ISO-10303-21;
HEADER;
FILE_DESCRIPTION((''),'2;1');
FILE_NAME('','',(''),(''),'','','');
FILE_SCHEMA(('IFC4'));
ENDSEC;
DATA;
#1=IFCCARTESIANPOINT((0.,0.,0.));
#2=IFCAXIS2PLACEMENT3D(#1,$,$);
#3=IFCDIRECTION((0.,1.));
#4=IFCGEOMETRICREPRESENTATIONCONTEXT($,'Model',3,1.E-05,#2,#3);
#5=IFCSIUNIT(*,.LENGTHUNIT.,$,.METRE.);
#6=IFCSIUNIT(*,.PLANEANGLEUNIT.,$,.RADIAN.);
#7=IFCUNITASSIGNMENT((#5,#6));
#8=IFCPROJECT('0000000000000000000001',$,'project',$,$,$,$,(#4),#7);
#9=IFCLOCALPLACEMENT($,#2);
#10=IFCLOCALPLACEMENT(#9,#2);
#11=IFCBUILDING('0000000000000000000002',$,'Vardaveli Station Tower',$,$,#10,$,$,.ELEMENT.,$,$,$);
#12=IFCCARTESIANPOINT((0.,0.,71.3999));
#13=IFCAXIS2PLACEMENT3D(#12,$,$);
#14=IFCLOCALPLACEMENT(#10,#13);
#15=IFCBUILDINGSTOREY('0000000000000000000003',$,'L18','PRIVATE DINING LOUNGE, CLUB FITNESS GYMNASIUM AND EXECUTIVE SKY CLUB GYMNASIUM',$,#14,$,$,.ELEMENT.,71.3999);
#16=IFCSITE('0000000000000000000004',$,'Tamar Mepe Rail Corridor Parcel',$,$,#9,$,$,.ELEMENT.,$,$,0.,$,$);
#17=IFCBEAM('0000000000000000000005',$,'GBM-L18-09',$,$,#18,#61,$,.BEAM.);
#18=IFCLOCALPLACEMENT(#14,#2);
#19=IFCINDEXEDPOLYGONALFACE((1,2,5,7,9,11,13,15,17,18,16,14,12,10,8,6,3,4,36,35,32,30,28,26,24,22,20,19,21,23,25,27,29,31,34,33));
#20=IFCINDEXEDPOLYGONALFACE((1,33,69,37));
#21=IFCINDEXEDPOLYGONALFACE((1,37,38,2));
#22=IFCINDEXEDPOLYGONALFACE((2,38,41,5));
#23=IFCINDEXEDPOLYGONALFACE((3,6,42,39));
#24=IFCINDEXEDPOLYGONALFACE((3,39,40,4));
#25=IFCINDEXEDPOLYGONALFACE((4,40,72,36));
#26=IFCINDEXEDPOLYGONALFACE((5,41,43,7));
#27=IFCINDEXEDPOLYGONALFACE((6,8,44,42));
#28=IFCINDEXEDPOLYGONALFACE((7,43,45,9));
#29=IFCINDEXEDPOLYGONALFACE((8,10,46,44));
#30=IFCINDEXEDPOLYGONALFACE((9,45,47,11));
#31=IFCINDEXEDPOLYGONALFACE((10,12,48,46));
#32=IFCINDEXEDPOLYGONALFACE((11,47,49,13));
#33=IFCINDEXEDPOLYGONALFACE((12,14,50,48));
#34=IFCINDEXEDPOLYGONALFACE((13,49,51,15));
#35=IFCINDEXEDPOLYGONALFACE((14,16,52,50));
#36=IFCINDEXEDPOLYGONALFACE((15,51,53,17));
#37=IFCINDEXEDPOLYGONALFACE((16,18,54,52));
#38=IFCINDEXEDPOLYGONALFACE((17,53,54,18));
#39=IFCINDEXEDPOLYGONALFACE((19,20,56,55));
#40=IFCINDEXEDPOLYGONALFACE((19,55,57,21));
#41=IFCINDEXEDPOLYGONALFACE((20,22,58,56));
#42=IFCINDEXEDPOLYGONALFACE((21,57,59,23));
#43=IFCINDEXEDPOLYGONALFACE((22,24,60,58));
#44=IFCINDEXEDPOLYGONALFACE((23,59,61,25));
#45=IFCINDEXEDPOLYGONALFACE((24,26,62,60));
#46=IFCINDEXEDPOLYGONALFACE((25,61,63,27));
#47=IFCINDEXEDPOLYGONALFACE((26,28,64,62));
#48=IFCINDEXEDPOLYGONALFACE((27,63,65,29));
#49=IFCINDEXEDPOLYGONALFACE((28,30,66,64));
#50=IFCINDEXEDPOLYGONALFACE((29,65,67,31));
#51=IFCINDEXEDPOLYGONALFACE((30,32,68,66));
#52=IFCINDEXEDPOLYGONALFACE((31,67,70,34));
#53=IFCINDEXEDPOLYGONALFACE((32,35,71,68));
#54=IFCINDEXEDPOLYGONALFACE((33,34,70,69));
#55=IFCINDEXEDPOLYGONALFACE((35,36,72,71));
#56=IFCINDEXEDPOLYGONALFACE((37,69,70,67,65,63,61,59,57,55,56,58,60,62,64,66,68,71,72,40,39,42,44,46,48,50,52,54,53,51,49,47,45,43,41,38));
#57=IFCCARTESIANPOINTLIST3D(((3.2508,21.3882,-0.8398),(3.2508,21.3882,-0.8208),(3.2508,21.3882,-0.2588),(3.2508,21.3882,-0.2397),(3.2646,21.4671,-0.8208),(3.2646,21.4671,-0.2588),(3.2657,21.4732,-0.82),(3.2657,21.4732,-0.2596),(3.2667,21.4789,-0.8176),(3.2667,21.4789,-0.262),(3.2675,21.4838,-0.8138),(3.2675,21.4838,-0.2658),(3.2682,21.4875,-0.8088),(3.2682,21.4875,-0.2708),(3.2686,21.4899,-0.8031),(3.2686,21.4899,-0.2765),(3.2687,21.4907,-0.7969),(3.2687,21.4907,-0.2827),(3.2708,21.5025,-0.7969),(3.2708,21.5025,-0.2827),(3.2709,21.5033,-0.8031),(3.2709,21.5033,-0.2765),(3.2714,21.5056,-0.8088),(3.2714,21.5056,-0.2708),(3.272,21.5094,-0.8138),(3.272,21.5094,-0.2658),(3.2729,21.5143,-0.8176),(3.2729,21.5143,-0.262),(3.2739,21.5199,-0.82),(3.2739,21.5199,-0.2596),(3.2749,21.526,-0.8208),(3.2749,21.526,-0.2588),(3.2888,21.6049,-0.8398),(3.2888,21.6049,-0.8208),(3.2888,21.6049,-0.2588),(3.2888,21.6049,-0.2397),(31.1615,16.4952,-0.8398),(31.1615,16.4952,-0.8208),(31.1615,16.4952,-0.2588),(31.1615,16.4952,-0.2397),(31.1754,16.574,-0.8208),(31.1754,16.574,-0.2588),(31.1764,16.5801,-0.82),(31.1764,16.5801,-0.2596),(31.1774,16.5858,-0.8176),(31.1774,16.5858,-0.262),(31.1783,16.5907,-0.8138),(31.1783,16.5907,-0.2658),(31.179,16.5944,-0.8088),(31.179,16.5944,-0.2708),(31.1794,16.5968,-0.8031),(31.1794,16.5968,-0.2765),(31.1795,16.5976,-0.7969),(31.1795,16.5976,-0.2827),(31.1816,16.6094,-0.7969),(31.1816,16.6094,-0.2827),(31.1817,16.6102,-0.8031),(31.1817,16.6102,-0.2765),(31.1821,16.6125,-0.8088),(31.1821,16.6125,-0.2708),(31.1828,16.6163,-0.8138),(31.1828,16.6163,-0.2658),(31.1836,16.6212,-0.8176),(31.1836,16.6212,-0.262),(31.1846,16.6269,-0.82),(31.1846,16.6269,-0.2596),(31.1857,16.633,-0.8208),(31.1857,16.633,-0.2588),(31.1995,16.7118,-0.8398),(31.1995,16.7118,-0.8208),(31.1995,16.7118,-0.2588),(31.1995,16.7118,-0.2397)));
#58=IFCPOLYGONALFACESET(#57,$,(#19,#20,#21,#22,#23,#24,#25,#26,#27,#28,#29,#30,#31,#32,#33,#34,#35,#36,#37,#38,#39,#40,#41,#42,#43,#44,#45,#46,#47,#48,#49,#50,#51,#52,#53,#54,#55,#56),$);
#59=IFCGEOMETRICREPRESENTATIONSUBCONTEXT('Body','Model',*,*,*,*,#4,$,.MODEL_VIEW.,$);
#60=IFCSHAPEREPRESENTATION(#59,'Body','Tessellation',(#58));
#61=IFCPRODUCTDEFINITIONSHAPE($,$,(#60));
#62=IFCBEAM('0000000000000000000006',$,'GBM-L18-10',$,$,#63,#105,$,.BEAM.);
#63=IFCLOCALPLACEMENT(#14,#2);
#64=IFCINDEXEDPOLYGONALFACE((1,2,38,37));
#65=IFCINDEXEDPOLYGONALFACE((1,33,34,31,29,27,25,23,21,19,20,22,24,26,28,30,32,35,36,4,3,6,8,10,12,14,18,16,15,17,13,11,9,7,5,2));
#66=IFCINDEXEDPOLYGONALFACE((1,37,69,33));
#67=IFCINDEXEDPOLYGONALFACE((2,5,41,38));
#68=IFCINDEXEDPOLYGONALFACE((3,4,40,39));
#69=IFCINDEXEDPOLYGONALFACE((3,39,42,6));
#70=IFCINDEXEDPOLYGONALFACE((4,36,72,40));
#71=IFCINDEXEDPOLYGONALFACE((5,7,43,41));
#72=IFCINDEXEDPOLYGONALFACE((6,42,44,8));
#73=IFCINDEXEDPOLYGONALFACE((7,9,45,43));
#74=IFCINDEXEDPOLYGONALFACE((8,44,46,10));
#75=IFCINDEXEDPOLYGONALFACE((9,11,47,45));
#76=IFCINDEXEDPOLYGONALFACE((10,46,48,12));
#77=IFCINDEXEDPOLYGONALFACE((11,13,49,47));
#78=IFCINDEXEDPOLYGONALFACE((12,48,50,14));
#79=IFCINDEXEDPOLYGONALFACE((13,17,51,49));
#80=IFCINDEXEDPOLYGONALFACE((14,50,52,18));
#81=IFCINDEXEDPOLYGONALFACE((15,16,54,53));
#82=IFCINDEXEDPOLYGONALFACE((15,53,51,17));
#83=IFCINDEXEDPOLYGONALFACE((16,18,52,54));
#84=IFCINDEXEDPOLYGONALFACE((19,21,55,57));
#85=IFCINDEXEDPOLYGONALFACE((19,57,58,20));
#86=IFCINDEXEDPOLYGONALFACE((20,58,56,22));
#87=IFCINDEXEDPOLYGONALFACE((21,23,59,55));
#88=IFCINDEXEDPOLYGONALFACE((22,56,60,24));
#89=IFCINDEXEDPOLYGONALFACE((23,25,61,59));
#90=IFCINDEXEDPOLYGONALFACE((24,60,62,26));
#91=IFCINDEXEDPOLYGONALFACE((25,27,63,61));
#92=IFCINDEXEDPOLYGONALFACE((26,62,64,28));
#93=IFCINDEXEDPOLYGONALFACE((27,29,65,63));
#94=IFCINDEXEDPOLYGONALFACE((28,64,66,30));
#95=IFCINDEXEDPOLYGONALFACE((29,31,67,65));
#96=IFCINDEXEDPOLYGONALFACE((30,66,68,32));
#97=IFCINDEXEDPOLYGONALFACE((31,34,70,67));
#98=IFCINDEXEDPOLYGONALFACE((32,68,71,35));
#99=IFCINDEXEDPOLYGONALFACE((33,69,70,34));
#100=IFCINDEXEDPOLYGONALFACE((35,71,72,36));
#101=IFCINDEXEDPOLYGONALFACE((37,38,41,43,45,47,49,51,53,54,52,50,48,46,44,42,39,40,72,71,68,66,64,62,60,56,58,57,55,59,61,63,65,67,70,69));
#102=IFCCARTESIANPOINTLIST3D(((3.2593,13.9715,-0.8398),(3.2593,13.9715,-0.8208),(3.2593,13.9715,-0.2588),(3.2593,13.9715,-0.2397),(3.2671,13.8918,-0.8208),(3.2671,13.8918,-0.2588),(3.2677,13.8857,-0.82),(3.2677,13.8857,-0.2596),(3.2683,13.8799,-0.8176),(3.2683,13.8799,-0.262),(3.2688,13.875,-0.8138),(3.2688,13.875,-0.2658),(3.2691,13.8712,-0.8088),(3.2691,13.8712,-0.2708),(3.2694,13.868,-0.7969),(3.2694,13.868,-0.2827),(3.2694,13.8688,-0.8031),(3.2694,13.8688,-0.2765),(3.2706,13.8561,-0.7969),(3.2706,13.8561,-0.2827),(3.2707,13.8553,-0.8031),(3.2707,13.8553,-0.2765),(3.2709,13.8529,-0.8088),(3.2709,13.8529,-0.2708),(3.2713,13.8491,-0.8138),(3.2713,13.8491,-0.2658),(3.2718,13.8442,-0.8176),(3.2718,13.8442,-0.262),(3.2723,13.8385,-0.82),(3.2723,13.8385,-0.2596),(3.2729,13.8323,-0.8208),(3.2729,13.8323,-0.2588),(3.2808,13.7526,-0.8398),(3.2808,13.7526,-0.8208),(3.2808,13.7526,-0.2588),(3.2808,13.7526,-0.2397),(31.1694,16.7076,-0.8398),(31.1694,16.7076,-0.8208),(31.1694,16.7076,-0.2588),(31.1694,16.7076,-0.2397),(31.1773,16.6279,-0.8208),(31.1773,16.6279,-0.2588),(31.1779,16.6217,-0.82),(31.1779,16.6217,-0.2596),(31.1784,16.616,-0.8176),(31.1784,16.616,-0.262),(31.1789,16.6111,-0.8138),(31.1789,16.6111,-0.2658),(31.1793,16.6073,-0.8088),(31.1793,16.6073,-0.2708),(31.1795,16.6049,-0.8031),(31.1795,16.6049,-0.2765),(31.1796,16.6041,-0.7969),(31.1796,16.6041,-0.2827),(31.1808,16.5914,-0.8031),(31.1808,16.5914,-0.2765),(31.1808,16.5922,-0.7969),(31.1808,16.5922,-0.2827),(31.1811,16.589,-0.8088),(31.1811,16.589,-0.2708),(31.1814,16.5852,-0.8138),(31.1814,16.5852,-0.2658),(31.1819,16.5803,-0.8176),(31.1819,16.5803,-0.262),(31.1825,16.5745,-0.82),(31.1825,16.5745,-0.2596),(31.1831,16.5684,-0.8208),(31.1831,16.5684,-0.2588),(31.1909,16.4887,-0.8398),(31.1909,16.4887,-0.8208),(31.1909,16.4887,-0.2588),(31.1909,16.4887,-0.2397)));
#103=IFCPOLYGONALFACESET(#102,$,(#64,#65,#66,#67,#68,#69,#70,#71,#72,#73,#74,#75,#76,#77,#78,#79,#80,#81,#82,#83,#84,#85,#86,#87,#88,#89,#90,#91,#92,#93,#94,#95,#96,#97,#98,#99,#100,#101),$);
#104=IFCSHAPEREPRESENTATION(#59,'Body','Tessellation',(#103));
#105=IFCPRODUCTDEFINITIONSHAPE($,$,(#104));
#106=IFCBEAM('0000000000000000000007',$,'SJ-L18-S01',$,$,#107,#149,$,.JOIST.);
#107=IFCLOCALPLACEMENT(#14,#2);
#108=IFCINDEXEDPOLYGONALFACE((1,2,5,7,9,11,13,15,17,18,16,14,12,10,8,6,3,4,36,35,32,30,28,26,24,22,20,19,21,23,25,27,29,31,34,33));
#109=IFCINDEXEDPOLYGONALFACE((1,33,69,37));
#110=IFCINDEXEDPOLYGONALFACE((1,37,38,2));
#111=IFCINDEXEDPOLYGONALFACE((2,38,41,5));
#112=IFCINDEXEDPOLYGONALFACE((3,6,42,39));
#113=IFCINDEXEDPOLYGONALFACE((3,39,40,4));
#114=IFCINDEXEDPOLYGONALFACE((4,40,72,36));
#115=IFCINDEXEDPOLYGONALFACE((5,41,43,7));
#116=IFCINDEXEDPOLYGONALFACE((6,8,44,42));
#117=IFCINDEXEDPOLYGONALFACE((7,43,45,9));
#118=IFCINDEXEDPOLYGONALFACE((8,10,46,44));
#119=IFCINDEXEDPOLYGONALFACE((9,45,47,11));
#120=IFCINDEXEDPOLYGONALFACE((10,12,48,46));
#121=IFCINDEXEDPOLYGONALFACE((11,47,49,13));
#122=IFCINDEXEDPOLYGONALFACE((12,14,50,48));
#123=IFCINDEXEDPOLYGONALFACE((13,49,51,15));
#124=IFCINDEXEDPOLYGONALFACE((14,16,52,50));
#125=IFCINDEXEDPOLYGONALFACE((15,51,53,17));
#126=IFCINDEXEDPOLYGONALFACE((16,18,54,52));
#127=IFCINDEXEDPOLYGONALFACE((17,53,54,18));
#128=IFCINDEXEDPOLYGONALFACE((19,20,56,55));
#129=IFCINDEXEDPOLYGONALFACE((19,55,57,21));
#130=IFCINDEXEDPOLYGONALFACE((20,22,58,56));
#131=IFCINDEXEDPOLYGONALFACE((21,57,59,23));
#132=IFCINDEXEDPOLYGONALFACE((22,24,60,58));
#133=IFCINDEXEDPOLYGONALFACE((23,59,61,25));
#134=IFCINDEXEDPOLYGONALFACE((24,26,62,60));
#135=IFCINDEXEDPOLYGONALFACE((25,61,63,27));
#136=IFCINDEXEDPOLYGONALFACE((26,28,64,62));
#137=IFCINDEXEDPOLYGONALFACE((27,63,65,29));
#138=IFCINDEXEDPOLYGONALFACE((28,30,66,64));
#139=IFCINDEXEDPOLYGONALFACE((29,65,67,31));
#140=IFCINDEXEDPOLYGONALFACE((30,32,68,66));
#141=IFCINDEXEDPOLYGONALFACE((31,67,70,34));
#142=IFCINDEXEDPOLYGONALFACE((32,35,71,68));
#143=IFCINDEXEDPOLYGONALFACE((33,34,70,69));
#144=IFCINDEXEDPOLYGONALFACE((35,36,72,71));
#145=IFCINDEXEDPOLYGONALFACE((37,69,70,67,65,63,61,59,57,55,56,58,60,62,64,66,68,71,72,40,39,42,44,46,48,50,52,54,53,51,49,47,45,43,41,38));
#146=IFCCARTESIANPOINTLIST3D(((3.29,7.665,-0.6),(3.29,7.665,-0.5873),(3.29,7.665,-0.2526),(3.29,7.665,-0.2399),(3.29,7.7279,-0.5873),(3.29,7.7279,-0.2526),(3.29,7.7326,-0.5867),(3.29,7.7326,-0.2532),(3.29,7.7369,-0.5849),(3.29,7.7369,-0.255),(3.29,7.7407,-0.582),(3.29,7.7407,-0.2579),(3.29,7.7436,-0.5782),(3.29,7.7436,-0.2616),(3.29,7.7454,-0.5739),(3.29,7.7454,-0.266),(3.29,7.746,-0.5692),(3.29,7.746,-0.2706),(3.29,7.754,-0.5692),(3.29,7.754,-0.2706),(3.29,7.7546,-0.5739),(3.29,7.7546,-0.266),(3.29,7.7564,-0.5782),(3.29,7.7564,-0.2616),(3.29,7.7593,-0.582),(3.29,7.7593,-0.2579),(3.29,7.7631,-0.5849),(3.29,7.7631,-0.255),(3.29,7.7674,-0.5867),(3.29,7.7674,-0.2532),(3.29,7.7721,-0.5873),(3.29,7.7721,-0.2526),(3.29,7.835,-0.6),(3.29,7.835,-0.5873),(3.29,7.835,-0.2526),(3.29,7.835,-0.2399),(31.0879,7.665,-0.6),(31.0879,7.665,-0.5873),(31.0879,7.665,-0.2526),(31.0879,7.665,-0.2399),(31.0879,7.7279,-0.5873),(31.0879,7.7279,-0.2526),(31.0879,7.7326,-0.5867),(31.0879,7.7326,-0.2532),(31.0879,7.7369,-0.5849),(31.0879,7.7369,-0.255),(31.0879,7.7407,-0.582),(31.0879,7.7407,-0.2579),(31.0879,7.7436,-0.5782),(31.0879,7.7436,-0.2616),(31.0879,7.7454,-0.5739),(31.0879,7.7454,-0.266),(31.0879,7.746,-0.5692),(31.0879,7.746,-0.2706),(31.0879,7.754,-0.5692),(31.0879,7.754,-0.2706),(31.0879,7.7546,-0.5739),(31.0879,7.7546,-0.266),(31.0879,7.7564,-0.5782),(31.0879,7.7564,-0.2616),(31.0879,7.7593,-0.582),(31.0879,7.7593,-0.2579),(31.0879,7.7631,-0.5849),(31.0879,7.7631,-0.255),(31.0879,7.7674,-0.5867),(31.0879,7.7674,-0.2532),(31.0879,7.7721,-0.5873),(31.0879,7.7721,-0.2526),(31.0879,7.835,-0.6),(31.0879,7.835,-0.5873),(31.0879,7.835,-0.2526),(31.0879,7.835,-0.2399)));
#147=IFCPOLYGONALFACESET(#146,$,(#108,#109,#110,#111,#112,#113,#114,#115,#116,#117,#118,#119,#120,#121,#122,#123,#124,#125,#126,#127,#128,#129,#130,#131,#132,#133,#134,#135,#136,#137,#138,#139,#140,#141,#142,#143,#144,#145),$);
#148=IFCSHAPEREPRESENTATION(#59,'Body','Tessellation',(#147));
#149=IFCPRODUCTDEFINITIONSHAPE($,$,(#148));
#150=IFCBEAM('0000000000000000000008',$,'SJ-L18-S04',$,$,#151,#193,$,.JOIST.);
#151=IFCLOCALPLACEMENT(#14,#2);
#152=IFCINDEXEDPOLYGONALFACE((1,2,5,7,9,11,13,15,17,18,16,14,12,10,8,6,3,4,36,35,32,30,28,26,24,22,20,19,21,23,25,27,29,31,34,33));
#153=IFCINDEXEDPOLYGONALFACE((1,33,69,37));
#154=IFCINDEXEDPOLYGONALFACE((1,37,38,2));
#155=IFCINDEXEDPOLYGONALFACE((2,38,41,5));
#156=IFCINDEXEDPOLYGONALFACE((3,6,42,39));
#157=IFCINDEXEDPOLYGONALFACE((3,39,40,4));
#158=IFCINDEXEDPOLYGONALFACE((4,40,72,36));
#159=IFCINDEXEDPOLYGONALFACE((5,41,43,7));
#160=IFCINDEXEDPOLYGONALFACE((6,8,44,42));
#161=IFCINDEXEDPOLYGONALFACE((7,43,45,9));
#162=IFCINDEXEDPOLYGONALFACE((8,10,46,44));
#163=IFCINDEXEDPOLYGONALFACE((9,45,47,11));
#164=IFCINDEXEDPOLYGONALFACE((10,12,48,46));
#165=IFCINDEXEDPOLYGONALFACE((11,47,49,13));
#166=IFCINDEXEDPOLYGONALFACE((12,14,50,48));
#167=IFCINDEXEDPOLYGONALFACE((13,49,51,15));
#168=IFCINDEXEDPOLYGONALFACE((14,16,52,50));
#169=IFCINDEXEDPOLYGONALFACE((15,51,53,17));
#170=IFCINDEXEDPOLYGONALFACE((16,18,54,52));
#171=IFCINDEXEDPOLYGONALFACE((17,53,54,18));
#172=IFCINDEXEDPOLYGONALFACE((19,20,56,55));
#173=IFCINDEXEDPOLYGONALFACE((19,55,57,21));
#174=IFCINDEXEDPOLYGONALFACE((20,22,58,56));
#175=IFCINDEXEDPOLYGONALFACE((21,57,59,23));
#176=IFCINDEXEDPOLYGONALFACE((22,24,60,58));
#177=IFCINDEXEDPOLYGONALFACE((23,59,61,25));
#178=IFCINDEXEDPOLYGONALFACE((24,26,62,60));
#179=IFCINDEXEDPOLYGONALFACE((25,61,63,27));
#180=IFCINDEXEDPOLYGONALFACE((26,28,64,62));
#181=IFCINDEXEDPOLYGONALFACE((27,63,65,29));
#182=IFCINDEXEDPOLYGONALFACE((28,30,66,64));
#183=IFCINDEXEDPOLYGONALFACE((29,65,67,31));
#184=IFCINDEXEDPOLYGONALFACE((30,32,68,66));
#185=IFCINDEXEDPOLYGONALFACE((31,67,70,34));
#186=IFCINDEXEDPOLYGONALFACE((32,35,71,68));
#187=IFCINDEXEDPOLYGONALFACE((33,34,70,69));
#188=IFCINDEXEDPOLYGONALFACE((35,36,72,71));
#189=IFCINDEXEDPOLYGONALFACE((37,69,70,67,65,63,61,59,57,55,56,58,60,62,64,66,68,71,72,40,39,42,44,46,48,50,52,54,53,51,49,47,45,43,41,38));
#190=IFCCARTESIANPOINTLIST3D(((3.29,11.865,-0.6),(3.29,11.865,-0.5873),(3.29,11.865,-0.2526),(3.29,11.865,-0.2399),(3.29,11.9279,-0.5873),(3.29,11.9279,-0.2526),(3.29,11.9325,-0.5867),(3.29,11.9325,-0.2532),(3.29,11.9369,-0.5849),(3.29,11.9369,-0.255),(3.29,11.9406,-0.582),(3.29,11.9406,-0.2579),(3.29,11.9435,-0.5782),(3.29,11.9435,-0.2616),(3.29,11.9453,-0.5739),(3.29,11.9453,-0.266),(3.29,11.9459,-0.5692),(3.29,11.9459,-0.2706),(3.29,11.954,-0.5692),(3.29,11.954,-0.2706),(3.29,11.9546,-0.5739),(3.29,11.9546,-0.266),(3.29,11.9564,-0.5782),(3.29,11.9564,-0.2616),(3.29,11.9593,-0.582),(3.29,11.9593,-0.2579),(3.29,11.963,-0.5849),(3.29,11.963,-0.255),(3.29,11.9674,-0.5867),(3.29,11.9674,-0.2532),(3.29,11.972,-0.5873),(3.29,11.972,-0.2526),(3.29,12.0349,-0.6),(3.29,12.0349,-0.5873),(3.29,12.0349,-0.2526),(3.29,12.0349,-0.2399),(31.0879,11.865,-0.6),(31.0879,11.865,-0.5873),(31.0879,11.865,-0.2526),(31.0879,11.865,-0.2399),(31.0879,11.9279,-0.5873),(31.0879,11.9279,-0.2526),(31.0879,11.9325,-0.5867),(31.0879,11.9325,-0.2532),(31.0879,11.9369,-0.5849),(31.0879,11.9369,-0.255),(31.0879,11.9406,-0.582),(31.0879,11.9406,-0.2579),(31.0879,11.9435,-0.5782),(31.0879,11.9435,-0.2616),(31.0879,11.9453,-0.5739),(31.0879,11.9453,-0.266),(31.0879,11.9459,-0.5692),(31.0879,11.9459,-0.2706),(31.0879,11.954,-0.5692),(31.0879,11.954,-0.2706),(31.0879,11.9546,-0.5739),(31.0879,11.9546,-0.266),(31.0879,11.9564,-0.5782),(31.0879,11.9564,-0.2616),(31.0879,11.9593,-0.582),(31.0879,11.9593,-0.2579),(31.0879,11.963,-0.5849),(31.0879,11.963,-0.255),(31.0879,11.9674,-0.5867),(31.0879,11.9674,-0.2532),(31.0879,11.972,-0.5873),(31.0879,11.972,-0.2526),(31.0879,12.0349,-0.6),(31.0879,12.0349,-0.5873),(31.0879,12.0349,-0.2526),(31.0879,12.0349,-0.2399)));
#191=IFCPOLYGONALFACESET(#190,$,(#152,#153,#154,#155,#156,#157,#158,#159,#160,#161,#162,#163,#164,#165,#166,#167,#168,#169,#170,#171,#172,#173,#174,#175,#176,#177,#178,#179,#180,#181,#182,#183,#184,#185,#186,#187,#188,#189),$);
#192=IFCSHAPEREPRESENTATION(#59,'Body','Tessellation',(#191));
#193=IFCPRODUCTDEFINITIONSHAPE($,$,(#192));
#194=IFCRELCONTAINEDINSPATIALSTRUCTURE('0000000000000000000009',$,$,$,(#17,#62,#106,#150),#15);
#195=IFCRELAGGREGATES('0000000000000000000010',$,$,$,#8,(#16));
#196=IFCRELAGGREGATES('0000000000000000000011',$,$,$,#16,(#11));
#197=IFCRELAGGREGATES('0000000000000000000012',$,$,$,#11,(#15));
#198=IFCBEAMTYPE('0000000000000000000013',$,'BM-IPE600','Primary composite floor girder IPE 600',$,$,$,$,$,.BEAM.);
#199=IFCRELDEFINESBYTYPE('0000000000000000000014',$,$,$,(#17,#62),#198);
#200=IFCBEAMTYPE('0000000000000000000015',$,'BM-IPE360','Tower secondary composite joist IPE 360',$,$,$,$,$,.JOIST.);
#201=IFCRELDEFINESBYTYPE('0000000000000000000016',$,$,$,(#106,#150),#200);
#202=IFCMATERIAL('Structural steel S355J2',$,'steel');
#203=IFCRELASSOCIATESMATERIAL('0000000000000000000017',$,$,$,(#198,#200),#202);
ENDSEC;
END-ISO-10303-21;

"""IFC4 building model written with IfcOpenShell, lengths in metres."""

from ifc_helpers import new_model, si_unit, direction, frame, origin, origin_2d, place, context, subcontext, project, spatial, i_section, extrude, source, transform, mapped, material, material_profile, profile_set, type_object, element, save


model = new_model("IFC4")

# Units and contexts
model_context = context("Model", 3, precision=1e-05, world=origin(), true_north=direction((0.0, 1.0)))
body_context = subcontext(model_context, "Body", "Model", "MODEL_VIEW")
ifc_project = project(units=[si_unit("LENGTHUNIT", "METRE"), si_unit("PLANEANGLEUNIT", "RADIAN")], contexts=[model_context])

# Site, building, storey
site_placement = place(None, origin())
site = spatial("IfcSite", under=ifc_project, at=site_placement, Name="Tamar Mepe Rail Corridor Parcel", CompositionType="ELEMENT", RefElevation=0.0)
building_placement = place(site_placement, origin())
building = spatial("IfcBuilding", under=site, at=building_placement, Name="Vardaveli Station Tower", CompositionType="ELEMENT")
storey_placement = place(building_placement, frame((0.0, 0.0, 71.3999)))
storey = spatial("IfcBuildingStorey", under=building, at=storey_placement, Name="L18", Description="PRIVATE DINING LOUNGE, CLUB FITNESS GYMNASIUM AND EXECUTIVE SKY CLUB GYMNASIUM", CompositionType="ELEMENT", Elevation=71.3999)

# Beams
ifc_material_1 = material(Name="Structural steel S355J2", Category="steel")
ifc_material_profile_1 = material_profile(ifc_material_1, i_section(OverallWidth=0.22, OverallDepth=0.6001, WebThickness=0.012, FlangeThickness=0.019, FilletRadius=0.0239, at=origin_2d()), Name="IPE 600")
ifc_profile_set_1 = profile_set([ifc_material_profile_1], Name="Structural steel S355J2")
beam_type_1 = type_object("IfcBeamType", Name="BM-IPE600", Description="Primary composite floor girder IPE 600", PredefinedType="BEAM", material=ifc_profile_set_1)
shared_shape_1 = source(origin(), body_context, "Body", "SweptSolid", [
    extrude(i_section(OverallWidth=0.22, OverallDepth=0.6001, WebThickness=0.012, FlangeThickness=0.019, FilletRadius=0.0239, at=origin_2d()), origin(), (0.0, 0.0, 1.0), 28.3364),
])
beam_1_placement = place(storey_placement, frame((3.2698, 21.4966, -0.5398), z_axis=(0.984978, -0.172678, 0.0), x_axis=(0.172678, 0.984978, 0.0)))
element("IfcBeam", 1, at=beam_1_placement, inside=storey, type_object=beam_type_1, Name="GBM-L18-09", PredefinedType="BEAM", context=body_context, shape_type="MappedRepresentation", body=[
    mapped(shared_shape_1, transform((0.0, 0.0, 0.0), scale=1.0)),
])
shared_shape_2 = source(origin(), body_context, "Body", "SweptSolid", [
    extrude(i_section(OverallWidth=0.22, OverallDepth=0.6001, WebThickness=0.012, FlangeThickness=0.019, FilletRadius=0.0239, at=origin_2d()), origin(), (0.0, 0.0, 1.0), 28.0439),
])
beam_2_placement = place(storey_placement, frame((3.27, 13.8621, -0.5398), z_axis=(0.995229, 0.097564, 0.0), x_axis=(-0.097564, 0.995229, 0.0)))
element("IfcBeam", 2, at=beam_2_placement, inside=storey, type_object=beam_type_1, Name="GBM-L18-10", PredefinedType="BEAM", context=body_context, shape_type="MappedRepresentation", body=[
    mapped(shared_shape_2, transform((0.0, 0.0, 0.0), scale=1.0)),
])
ifc_material_profile_2 = material_profile(ifc_material_1, i_section(OverallWidth=0.1699, OverallDepth=0.3601, WebThickness=0.0081, FlangeThickness=0.0127, FilletRadius=0.0181, at=origin_2d()), Name="IPE 360")
ifc_profile_set_2 = profile_set([ifc_material_profile_2], Name="Structural steel S355J2")
beam_type_2 = type_object("IfcBeamType", Name="BM-IPE360", Description="Tower secondary composite joist IPE 360", PredefinedType="JOIST", material=ifc_profile_set_2)
shared_shape_3 = source(origin(), body_context, "Body", "SweptSolid", [
    extrude(i_section(OverallWidth=0.1699, OverallDepth=0.3601, WebThickness=0.0081, FlangeThickness=0.0127, FilletRadius=0.0181, at=origin_2d()), origin(), (0.0, 0.0, 1.0), 27.7979),
])
for number, where, z_axis, x_axis, name in (
    (3, (3.29, 7.75, -0.4199), (1.0, 0.0, 0.0), (0.0, 1.0, 0.0), "SJ-L18-S01"),
    (4, (3.29, 11.95, -0.4199), (1.0, 0.0, 0.0), (0.0, 1.0, 0.0), "SJ-L18-S04"),
):
    element("IfcBeam", number, at=place(storey_placement, frame(where, z_axis=z_axis, x_axis=x_axis)), inside=storey, type_object=beam_type_2, Name=name, PredefinedType="JOIST", context=body_context, shape_type="MappedRepresentation", body=[
        mapped(shared_shape_3, transform((0.0, 0.0, 0.0), scale=1.0)),
    ])

save(model, "model.ifc")
